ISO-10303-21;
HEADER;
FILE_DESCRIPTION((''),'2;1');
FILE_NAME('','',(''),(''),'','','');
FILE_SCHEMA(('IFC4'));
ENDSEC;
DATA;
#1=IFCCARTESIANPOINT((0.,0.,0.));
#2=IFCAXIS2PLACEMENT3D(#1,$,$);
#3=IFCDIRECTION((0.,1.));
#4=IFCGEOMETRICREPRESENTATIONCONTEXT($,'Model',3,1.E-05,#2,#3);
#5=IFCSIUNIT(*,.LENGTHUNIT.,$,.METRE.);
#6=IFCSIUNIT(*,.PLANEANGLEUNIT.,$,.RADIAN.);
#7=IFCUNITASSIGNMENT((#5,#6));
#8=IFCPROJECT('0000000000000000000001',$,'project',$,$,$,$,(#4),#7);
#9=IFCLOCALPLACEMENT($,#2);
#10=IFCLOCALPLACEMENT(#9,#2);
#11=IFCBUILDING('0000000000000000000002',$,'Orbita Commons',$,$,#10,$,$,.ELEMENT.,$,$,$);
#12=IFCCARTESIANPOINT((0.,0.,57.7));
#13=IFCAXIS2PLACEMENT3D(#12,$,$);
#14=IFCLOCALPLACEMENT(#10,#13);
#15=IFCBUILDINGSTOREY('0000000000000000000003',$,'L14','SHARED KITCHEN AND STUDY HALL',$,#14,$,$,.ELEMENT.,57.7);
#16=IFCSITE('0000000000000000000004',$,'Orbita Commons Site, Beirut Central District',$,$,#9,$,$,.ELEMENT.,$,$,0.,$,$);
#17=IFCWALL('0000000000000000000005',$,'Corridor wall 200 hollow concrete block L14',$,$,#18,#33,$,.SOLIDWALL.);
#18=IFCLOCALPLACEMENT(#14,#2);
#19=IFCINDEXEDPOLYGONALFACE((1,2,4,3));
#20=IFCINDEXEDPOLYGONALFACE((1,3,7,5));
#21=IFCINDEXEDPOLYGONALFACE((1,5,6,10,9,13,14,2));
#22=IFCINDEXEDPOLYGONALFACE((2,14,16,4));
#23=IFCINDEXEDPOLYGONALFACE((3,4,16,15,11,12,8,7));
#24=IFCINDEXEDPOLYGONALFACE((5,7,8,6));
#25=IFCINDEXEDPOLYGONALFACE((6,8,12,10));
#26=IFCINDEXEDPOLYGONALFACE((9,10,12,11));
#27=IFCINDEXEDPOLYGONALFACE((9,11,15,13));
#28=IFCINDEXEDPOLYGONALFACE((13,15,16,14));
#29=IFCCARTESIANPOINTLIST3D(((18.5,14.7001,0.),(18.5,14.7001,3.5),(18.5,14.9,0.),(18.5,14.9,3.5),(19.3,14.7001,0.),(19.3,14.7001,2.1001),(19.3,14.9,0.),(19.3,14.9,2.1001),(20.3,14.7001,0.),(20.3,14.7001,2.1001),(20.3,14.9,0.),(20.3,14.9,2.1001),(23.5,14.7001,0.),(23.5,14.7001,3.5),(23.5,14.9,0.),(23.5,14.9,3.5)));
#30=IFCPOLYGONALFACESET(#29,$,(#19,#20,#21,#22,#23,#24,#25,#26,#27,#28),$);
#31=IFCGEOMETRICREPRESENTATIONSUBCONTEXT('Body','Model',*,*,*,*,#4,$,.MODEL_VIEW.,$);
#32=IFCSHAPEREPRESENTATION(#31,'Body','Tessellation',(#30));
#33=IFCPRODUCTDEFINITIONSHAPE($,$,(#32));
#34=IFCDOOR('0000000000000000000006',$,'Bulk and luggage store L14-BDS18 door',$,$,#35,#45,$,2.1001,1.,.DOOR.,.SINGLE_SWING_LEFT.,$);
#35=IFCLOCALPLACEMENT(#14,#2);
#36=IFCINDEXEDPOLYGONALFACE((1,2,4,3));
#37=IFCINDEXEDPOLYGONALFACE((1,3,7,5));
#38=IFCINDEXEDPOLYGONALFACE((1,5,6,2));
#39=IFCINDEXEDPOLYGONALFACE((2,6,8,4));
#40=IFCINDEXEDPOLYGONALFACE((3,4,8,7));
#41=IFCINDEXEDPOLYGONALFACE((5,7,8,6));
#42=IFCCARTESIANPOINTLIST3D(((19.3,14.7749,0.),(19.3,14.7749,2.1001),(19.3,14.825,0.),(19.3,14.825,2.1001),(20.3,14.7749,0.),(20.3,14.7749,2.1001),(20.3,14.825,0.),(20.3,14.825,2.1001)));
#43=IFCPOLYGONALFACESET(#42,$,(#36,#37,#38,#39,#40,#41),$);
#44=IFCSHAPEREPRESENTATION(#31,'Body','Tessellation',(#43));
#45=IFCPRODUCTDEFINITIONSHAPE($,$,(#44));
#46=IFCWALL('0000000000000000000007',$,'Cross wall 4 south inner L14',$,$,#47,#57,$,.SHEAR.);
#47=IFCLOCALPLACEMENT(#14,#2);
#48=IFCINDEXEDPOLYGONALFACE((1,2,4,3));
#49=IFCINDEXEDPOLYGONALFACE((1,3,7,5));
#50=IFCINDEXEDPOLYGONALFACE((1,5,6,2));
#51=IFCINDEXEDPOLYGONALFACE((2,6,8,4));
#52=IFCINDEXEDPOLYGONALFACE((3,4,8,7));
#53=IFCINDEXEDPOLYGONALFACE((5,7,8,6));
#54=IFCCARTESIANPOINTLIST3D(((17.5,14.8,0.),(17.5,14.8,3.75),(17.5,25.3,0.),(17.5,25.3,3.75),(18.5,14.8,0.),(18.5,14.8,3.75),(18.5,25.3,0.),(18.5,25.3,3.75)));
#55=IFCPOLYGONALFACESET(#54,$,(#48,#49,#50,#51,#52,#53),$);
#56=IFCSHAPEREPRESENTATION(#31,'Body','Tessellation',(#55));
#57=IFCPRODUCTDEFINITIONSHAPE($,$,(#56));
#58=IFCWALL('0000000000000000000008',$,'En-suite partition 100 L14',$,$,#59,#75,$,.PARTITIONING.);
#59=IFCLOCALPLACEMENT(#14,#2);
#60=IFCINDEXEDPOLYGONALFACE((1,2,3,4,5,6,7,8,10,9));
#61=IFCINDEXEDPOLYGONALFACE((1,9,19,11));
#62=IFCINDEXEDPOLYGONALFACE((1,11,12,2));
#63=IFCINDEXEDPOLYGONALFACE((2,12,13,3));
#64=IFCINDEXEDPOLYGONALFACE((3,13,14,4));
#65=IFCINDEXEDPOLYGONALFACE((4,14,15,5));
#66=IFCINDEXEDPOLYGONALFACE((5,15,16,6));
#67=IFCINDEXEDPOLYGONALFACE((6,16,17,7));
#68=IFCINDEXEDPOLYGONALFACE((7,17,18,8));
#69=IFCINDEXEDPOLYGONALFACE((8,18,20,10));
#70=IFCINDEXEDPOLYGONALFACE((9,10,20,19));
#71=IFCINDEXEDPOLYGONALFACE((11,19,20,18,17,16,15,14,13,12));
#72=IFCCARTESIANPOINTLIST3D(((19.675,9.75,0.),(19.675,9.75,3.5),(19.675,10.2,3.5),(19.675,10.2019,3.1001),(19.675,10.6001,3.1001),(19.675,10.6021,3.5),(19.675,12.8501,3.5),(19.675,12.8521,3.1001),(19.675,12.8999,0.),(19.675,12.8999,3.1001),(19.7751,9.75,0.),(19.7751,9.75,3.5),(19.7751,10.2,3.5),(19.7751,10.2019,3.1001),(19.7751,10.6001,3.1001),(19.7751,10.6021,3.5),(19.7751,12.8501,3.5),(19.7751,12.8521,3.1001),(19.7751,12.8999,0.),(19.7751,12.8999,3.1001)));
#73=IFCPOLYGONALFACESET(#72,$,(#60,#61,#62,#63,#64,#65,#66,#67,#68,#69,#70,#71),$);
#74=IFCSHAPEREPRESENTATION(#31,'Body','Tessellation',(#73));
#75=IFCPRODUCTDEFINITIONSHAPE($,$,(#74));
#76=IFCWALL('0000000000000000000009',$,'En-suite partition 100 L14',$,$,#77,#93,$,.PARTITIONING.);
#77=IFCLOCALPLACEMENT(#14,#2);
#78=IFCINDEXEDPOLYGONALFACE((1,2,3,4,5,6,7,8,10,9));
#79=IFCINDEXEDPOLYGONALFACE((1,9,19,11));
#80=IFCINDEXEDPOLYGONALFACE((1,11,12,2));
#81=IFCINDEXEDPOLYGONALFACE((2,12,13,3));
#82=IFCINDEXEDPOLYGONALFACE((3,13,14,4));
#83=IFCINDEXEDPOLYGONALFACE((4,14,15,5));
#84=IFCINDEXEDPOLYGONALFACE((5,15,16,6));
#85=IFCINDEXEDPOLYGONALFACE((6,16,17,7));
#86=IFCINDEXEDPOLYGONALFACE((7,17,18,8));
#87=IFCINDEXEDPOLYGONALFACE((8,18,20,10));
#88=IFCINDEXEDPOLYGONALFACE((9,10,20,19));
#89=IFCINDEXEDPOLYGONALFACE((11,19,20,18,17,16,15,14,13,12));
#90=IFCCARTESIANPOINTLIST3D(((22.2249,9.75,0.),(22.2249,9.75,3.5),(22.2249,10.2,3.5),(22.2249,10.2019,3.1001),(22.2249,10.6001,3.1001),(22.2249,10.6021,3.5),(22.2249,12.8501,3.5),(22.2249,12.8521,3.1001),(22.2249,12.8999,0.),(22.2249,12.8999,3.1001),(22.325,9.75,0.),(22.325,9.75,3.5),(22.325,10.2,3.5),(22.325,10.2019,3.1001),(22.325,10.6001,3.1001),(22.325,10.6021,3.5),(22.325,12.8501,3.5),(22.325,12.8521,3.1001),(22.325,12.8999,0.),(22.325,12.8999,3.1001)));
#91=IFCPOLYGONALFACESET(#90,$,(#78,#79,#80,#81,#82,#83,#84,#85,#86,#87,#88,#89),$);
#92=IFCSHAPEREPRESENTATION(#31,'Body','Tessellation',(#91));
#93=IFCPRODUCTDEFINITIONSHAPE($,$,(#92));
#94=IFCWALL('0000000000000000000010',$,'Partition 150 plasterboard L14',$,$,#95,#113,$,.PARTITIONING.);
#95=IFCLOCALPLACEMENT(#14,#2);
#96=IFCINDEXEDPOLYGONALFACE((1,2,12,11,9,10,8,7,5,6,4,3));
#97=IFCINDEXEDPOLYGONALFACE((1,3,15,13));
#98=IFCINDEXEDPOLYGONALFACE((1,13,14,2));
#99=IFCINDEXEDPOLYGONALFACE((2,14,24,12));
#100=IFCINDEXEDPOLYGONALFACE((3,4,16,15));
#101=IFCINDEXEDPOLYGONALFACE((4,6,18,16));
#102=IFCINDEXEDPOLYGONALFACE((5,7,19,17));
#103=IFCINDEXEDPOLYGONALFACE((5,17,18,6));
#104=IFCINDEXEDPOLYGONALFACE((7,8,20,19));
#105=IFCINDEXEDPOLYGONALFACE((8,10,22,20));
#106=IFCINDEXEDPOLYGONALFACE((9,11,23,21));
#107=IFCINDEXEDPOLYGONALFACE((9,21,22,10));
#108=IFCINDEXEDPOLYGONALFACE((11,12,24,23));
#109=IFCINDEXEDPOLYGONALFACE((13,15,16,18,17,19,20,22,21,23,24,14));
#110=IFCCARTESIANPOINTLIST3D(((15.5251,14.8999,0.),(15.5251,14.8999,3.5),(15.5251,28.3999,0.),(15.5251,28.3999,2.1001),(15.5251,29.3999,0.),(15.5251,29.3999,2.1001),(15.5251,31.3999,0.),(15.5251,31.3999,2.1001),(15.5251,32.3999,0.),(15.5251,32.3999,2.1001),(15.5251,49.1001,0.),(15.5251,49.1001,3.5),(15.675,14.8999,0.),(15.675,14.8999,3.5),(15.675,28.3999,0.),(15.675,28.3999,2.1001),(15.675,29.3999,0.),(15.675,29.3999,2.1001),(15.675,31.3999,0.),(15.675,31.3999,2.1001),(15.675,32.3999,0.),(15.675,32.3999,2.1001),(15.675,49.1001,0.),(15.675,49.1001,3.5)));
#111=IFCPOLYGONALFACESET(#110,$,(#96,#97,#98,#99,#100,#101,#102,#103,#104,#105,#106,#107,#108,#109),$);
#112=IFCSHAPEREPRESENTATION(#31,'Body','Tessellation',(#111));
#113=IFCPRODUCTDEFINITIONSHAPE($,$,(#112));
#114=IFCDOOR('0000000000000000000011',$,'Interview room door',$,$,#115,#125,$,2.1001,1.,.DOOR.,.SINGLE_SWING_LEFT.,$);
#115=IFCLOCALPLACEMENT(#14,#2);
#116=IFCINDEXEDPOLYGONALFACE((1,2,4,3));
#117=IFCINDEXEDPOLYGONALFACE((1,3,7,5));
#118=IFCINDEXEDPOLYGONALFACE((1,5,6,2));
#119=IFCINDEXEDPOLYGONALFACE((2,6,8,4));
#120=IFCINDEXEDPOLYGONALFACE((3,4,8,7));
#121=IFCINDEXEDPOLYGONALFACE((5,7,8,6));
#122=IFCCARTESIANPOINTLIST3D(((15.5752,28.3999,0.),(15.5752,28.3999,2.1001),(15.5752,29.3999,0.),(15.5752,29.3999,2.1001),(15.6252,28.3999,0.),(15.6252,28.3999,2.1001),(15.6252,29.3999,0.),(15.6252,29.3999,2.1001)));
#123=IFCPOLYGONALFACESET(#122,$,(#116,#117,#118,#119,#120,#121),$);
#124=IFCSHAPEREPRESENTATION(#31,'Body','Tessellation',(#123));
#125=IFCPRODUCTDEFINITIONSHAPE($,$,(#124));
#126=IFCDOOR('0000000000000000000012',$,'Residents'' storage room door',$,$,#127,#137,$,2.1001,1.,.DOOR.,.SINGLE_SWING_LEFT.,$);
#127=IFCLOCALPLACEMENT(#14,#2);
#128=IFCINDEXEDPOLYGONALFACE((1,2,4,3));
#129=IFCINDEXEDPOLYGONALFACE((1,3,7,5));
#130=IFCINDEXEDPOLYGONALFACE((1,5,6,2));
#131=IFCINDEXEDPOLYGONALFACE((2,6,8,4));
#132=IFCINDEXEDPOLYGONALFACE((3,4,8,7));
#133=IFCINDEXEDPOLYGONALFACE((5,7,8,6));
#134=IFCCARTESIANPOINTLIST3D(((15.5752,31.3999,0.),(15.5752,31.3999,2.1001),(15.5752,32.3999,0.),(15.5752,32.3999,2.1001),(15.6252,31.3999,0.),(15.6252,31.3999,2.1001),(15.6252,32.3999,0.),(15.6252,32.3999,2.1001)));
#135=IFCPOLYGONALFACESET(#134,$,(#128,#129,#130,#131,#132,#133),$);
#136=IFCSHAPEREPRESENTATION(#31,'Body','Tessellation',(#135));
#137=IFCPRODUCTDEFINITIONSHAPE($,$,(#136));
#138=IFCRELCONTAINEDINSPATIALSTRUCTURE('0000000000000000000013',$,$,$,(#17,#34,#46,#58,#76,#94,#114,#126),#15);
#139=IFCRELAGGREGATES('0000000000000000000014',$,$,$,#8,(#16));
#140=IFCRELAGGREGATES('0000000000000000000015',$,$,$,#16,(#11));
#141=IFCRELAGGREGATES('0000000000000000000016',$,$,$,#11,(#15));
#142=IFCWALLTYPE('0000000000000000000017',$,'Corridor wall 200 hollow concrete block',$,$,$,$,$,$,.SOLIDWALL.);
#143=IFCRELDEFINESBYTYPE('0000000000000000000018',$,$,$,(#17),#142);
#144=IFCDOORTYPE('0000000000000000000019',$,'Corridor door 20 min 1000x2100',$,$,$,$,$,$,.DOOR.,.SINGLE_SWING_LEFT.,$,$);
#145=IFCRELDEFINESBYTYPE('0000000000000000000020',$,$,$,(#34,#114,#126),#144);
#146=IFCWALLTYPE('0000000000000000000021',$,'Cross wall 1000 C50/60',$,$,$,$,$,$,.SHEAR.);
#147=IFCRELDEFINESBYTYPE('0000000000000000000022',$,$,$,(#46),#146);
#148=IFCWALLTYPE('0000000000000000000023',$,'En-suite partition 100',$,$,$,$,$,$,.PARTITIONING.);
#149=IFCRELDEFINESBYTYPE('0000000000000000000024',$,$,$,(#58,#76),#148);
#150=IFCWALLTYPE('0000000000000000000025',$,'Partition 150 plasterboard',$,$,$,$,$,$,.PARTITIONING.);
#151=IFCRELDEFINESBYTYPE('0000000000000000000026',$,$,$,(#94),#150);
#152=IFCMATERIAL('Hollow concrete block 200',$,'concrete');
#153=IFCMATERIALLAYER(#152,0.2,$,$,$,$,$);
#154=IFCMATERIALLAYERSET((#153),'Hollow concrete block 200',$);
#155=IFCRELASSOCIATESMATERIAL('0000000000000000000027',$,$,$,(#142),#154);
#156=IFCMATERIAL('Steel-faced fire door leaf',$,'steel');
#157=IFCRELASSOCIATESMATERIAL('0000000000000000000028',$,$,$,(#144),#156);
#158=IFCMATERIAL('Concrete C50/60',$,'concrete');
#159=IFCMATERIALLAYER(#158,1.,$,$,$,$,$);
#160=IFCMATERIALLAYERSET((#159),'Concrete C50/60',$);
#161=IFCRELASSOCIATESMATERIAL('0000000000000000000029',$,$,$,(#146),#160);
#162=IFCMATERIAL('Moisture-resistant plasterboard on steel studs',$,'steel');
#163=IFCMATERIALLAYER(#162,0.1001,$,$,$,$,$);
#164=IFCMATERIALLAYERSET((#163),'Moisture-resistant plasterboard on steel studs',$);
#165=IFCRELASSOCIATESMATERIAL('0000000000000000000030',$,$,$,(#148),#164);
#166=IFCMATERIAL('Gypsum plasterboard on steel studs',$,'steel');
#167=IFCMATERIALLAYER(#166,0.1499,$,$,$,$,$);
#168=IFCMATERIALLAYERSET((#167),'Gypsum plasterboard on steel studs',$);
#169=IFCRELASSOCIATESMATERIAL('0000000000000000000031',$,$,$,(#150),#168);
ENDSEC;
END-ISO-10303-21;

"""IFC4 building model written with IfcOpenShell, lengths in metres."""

from ifc_helpers import new_model, si_unit, direction, frame, frame_2d, origin, place, context, subcontext, project, spatial, polyline, rectangle, outline, extrude, material, layer, layer_set, type_object, element, fill, save


model = new_model("IFC4")

# Units and contexts
model_context = context("Model", 3, precision=1e-05, world=origin(), true_north=direction((0.0, 1.0)))
body_context = subcontext(model_context, "Body", "Model", "MODEL_VIEW")
ifc_project = project(units=[si_unit("LENGTHUNIT", "METRE"), si_unit("PLANEANGLEUNIT", "RADIAN")], contexts=[model_context])

# Site, building, storey
site_placement = place(None, origin())
site = spatial("IfcSite", under=ifc_project, at=site_placement, Name="Orbita Commons Site, Beirut Central District", CompositionType="ELEMENT", RefElevation=0.0)
building_placement = place(site_placement, origin())
building = spatial("IfcBuilding", under=site, at=building_placement, Name="Orbita Commons", CompositionType="ELEMENT")
storey_placement = place(building_placement, frame((0.0, 0.0, 57.7)))
storey = spatial("IfcBuildingStorey", under=building, at=storey_placement, Name="L14", Description="SHARED KITCHEN AND STUDY HALL", CompositionType="ELEMENT", Elevation=57.7)

# Wall, opening, door
ifc_material_1 = material(Name="Hollow concrete block 200", Category="concrete")
ifc_layer_1 = layer(ifc_material_1, 0.2)
ifc_layer_set_1 = layer_set([ifc_layer_1], Name="Hollow concrete block 200")
wall_type_1 = type_object("IfcWallType", Name="Corridor wall 200 hollow concrete block", PredefinedType="SOLIDWALL", material=ifc_layer_set_1)
wall_1_placement = place(storey_placement, frame((18.5, 14.8, 0.0), z_axis=(0.0, 0.0, 1.0), x_axis=(1.0, 0.0, 0.0)))
wall_1 = element("IfcWall", 1, at=wall_1_placement, inside=storey, type_object=wall_type_1, Name="Corridor wall 200 hollow concrete block L14", PredefinedType="SOLIDWALL", context=body_context, shape_type="SweptSolid", body=[
    extrude(rectangle(XDim=5.0, YDim=0.2, at=frame_2d((2.5, 0.0))), origin(), (0.0, 0.0, 1.0), 3.5),
])
opening_1_placement = place(wall_1_placement, frame((0.8, 0.0, 0.0)))
opening_1 = element("IfcOpeningElement", 2, at=opening_1_placement, cuts=wall_1, PredefinedType="OPENING", context=body_context, shape_type="SweptSolid", body=[
    extrude(rectangle(XDim=1.0, YDim=2.1001, at=frame_2d((0.5, 1.05))), frame((0.0, 0.1099, 0.0), z_axis=(0.0, -1.0, 0.0), x_axis=(1.0, 0.0, 0.0)), (0.0, 0.0, 1.0), 0.22),
])
ifc_material_2 = material(Name="Steel-faced fire door leaf", Category="steel")
door_type_1 = type_object("IfcDoorType", Name="Corridor door 20 min 1000x2100", OperationType="SINGLE_SWING_LEFT", PredefinedType="DOOR", material=ifc_material_2)
door_1_placement = place(opening_1_placement, origin())
door_1 = element("IfcDoor", 3, at=door_1_placement, inside=storey, type_object=door_type_1, Name="Bulk and luggage store L14-BDS18 door", OperationType="SINGLE_SWING_LEFT", OverallHeight=2.1001, OverallWidth=1.0, PredefinedType="DOOR", context=body_context, shape_type="SweptSolid", body=[
    extrude(rectangle(XDim=1.0, YDim=2.1001, at=frame_2d((0.5, 1.05))), frame((0.0, 0.0249, 0.0), z_axis=(0.0, -1.0, 0.0), x_axis=(1.0, 0.0, 0.0)), (0.0, 0.0, 1.0), 0.05),
])
fill(opening_1, door_1)

# Walls
ifc_material_3 = material(Name="Concrete C50/60", Category="concrete")
ifc_layer_2 = layer(ifc_material_3, 1.0)
ifc_layer_set_2 = layer_set([ifc_layer_2], Name="Concrete C50/60")
wall_type_2 = type_object("IfcWallType", Name="Cross wall 1000 C50/60", PredefinedType="SHEAR", material=ifc_layer_set_2)
wall_2_placement = place(storey_placement, frame((18.0, 14.8, 0.0), z_axis=(0.0, 0.0, 1.0), x_axis=(0.0, 1.0, 0.0)))
element("IfcWall", 4, at=wall_2_placement, inside=storey, type_object=wall_type_2, Name="Cross wall 4 south inner L14", PredefinedType="SHEAR", context=body_context, shape_type="SweptSolid", body=[
    extrude(rectangle(XDim=10.5, YDim=1.0, at=frame_2d((5.25, 0.0))), origin(), (0.0, 0.0, 1.0), 3.75),
])
ifc_material_4 = material(Name="Moisture-resistant plasterboard on steel studs", Category="steel")
ifc_layer_3 = layer(ifc_material_4, 0.1001)
ifc_layer_set_3 = layer_set([ifc_layer_3], Name="Moisture-resistant plasterboard on steel studs")
wall_type_3 = type_object("IfcWallType", Name="En-suite partition 100", PredefinedType="PARTITIONING", material=ifc_layer_set_3)
for number, where, z_axis, x_axis, name in (
    (5, (19.7251, 9.75, 0.0), (0.0, 0.0, 1.0), (0.0, 1.0, 0.0), "En-suite partition 100 L14"),
    (6, (22.2749, 9.75, 0.0), (0.0, 0.0, 1.0), (0.0, 1.0, 0.0), "En-suite partition 100 L14"),
):
    element("IfcWall", number, at=place(storey_placement, frame(where, z_axis=z_axis, x_axis=x_axis)), inside=storey, type_object=wall_type_3, Name=name, PredefinedType="PARTITIONING", context=body_context, shape_type="SweptSolid", body=[
        extrude(outline(polyline([(0.0, 0.0), (3.1499, 0.0), (3.1499, 3.1001), (3.1021, 3.1001), (3.1001, 3.5), (0.8521, 3.5), (0.8501, 3.1001), (0.4519, 3.1001), (0.45, 3.5), (0.0, 3.5), (0.0, 0.0)])), frame((0.0, 0.05, 0.0), z_axis=(0.0, -1.0, 0.0), x_axis=(1.0, 0.0, 0.0)), (0.0, 0.0, 1.0), 0.1001),
    ])

# Wall, openings, doors
ifc_material_5 = material(Name="Gypsum plasterboard on steel studs", Category="steel")
ifc_layer_4 = layer(ifc_material_5, 0.1499)
ifc_layer_set_4 = layer_set([ifc_layer_4], Name="Gypsum plasterboard on steel studs")
wall_type_4 = type_object("IfcWallType", Name="Partition 150 plasterboard", PredefinedType="PARTITIONING", material=ifc_layer_set_4)
wall_3_placement = place(storey_placement, frame((15.6001, 14.8999, 0.0), z_axis=(0.0, 0.0, 1.0), x_axis=(0.0, 1.0, 0.0)))
wall_3 = element("IfcWall", 7, at=wall_3_placement, inside=storey, type_object=wall_type_4, Name="Partition 150 plasterboard L14", PredefinedType="PARTITIONING", context=body_context, shape_type="SweptSolid", body=[
    extrude(rectangle(XDim=34.2002, YDim=0.1499, at=frame_2d((17.1001, 0.0))), origin(), (0.0, 0.0, 1.0), 3.5),
])
opening_2_placement = place(wall_3_placement, frame((13.5, 0.0, 0.0)))
opening_2 = element("IfcOpeningElement", 8, at=opening_2_placement, cuts=wall_3, PredefinedType="OPENING", context=body_context, shape_type="SweptSolid", body=[
    extrude(rectangle(XDim=1.0, YDim=2.1001, at=frame_2d((0.5, 1.05))), frame((0.0, 0.085, 0.0), z_axis=(0.0, -1.0, 0.0), x_axis=(1.0, 0.0, 0.0)), (0.0, 0.0, 1.0), 0.1699),
])
opening_3_placement = place(wall_3_placement, frame((16.5, 0.0, 0.0)))
opening_3 = element("IfcOpeningElement", 9, at=opening_3_placement, cuts=wall_3, PredefinedType="OPENING", context=body_context, shape_type="SweptSolid", body=[
    extrude(rectangle(XDim=1.0, YDim=2.1001, at=frame_2d((0.5, 1.05))), frame((0.0, 0.085, 0.0), z_axis=(0.0, -1.0, 0.0), x_axis=(1.0, 0.0, 0.0)), (0.0, 0.0, 1.0), 0.1699),
])
door_2_placement = place(opening_2_placement, origin())
door_2 = element("IfcDoor", 10, at=door_2_placement, inside=storey, type_object=door_type_1, Name="Interview room door", OperationType="SINGLE_SWING_LEFT", OverallHeight=2.1001, OverallWidth=1.0, PredefinedType="DOOR", context=body_context, shape_type="SweptSolid", body=[
    extrude(rectangle(XDim=1.0, YDim=2.1001, at=frame_2d((0.5, 1.05))), frame((0.0, 0.0249, 0.0), z_axis=(0.0, -1.0, 0.0), x_axis=(1.0, 0.0, 0.0)), (0.0, 0.0, 1.0), 0.05),
])
fill(opening_2, door_2)
door_3_placement = place(opening_3_placement, origin())
door_3 = element("IfcDoor", 11, at=door_3_placement, inside=storey, type_object=door_type_1, Name="Residents' storage room door", OperationType="SINGLE_SWING_LEFT", OverallHeight=2.1001, OverallWidth=1.0, PredefinedType="DOOR", context=body_context, shape_type="SweptSolid", body=[
    extrude(rectangle(XDim=1.0, YDim=2.1001, at=frame_2d((0.5, 1.05))), frame((0.0, 0.0249, 0.0), z_axis=(0.0, -1.0, 0.0), x_axis=(1.0, 0.0, 0.0)), (0.0, 0.0, 1.0), 0.05),
])
fill(opening_3, door_3)

save(model, "model.ifc")
